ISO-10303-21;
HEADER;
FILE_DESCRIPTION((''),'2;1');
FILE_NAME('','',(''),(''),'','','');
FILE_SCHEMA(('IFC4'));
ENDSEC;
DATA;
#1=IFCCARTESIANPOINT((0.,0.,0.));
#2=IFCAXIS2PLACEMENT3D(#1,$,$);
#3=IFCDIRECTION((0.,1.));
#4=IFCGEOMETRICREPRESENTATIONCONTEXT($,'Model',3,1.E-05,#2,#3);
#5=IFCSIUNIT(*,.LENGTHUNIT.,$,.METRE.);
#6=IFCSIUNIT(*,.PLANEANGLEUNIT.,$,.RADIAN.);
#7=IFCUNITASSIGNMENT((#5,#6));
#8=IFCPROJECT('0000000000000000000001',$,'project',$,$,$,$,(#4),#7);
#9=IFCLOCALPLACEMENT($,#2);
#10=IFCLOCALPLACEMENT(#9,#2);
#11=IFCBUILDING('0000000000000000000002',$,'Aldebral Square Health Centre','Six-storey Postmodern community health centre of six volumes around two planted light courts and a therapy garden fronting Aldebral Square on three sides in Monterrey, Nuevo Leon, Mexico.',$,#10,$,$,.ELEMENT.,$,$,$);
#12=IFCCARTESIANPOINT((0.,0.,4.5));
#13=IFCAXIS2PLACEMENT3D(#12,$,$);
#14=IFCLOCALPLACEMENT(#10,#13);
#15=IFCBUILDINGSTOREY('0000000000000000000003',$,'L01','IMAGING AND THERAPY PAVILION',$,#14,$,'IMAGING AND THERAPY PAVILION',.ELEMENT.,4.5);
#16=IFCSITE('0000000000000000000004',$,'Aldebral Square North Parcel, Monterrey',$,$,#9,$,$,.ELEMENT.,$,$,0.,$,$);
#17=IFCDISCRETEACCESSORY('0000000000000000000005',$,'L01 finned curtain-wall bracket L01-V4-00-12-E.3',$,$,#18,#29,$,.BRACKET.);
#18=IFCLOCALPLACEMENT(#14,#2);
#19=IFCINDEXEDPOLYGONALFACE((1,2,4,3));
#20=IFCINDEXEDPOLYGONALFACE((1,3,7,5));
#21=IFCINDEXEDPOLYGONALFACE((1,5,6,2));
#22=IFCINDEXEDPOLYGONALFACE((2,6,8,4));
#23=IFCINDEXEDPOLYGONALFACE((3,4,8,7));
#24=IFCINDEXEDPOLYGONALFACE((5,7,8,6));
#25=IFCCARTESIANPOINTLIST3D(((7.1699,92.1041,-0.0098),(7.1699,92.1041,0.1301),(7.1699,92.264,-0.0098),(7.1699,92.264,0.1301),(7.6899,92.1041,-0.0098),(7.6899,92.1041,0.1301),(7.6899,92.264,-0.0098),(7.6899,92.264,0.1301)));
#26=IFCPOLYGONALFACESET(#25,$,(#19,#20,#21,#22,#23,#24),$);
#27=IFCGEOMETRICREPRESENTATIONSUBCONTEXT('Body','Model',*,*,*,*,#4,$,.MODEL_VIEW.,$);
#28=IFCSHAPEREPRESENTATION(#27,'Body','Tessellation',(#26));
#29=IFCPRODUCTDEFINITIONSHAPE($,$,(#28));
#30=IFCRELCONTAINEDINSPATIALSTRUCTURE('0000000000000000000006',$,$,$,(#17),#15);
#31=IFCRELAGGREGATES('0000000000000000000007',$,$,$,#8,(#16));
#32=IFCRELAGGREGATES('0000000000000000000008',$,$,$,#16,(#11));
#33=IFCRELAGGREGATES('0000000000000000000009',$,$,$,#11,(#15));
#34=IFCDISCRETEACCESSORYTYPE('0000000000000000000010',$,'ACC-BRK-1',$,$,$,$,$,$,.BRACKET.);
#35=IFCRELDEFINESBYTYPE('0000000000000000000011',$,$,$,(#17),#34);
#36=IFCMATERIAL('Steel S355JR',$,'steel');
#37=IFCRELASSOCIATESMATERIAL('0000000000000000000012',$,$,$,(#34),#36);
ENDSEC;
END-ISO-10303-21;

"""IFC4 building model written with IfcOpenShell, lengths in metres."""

from ifc_helpers import new_model, si_unit, direction, frame, origin, origin_2d, place, context, subcontext, project, spatial, rectangle, extrude, material, type_object, element, save


model = new_model("IFC4")

# Units and contexts
model_context = context("Model", 3, precision=1e-05, world=origin(), true_north=direction((0.0, 1.0)))
body_context = subcontext(model_context, "Body", "Model", "MODEL_VIEW")
ifc_project = project(units=[si_unit("LENGTHUNIT", "METRE"), si_unit("PLANEANGLEUNIT", "RADIAN")], contexts=[model_context])

# Site, building, storey
site_placement = place(None, origin())
site = spatial("IfcSite", under=ifc_project, at=site_placement, Name="Aldebral Square North Parcel, Monterrey", CompositionType="ELEMENT", RefElevation=0.0)
building_placement = place(site_placement, origin())
building = spatial("IfcBuilding", under=site, at=building_placement, Name="Aldebral Square Health Centre", Description="Six-storey Postmodern community health centre of six volumes around two planted light courts and a therapy garden fronting Aldebral Square on three sides in Monterrey, Nuevo Leon, Mexico.", CompositionType="ELEMENT")
storey_placement = place(building_placement, frame((0.0, 0.0, 4.5)))
storey = spatial("IfcBuildingStorey", under=building, at=storey_placement, Name="L01", Description="IMAGING AND THERAPY PAVILION", LongName="IMAGING AND THERAPY PAVILION", CompositionType="ELEMENT", Elevation=4.5)

# Discrete accessory
ifc_material_1 = material(Name="Steel S355JR", Category="steel")
discrete_accessory_type = type_object("IfcDiscreteAccessoryType", Name="ACC-BRK-1", PredefinedType="BRACKET", material=ifc_material_1)
discrete_accessory_placement = place(storey_placement, frame((7.4299, 92.1841, -0.0098), z_axis=(0.0, 0.0, 1.0), x_axis=(0.0, 1.0, 0.0)))
element("IfcDiscreteAccessory", 1, at=discrete_accessory_placement, inside=storey, type_object=discrete_accessory_type, Name="L01 finned curtain-wall bracket L01-V4-00-12-E.3", PredefinedType="BRACKET", context=body_context, shape_type="SweptSolid", body=[
    extrude(rectangle(XDim=0.1599, YDim=0.52, at=origin_2d()), origin(), (0.0, 0.0, 1.0), 0.1399),
])

save(model, "model.ifc")
